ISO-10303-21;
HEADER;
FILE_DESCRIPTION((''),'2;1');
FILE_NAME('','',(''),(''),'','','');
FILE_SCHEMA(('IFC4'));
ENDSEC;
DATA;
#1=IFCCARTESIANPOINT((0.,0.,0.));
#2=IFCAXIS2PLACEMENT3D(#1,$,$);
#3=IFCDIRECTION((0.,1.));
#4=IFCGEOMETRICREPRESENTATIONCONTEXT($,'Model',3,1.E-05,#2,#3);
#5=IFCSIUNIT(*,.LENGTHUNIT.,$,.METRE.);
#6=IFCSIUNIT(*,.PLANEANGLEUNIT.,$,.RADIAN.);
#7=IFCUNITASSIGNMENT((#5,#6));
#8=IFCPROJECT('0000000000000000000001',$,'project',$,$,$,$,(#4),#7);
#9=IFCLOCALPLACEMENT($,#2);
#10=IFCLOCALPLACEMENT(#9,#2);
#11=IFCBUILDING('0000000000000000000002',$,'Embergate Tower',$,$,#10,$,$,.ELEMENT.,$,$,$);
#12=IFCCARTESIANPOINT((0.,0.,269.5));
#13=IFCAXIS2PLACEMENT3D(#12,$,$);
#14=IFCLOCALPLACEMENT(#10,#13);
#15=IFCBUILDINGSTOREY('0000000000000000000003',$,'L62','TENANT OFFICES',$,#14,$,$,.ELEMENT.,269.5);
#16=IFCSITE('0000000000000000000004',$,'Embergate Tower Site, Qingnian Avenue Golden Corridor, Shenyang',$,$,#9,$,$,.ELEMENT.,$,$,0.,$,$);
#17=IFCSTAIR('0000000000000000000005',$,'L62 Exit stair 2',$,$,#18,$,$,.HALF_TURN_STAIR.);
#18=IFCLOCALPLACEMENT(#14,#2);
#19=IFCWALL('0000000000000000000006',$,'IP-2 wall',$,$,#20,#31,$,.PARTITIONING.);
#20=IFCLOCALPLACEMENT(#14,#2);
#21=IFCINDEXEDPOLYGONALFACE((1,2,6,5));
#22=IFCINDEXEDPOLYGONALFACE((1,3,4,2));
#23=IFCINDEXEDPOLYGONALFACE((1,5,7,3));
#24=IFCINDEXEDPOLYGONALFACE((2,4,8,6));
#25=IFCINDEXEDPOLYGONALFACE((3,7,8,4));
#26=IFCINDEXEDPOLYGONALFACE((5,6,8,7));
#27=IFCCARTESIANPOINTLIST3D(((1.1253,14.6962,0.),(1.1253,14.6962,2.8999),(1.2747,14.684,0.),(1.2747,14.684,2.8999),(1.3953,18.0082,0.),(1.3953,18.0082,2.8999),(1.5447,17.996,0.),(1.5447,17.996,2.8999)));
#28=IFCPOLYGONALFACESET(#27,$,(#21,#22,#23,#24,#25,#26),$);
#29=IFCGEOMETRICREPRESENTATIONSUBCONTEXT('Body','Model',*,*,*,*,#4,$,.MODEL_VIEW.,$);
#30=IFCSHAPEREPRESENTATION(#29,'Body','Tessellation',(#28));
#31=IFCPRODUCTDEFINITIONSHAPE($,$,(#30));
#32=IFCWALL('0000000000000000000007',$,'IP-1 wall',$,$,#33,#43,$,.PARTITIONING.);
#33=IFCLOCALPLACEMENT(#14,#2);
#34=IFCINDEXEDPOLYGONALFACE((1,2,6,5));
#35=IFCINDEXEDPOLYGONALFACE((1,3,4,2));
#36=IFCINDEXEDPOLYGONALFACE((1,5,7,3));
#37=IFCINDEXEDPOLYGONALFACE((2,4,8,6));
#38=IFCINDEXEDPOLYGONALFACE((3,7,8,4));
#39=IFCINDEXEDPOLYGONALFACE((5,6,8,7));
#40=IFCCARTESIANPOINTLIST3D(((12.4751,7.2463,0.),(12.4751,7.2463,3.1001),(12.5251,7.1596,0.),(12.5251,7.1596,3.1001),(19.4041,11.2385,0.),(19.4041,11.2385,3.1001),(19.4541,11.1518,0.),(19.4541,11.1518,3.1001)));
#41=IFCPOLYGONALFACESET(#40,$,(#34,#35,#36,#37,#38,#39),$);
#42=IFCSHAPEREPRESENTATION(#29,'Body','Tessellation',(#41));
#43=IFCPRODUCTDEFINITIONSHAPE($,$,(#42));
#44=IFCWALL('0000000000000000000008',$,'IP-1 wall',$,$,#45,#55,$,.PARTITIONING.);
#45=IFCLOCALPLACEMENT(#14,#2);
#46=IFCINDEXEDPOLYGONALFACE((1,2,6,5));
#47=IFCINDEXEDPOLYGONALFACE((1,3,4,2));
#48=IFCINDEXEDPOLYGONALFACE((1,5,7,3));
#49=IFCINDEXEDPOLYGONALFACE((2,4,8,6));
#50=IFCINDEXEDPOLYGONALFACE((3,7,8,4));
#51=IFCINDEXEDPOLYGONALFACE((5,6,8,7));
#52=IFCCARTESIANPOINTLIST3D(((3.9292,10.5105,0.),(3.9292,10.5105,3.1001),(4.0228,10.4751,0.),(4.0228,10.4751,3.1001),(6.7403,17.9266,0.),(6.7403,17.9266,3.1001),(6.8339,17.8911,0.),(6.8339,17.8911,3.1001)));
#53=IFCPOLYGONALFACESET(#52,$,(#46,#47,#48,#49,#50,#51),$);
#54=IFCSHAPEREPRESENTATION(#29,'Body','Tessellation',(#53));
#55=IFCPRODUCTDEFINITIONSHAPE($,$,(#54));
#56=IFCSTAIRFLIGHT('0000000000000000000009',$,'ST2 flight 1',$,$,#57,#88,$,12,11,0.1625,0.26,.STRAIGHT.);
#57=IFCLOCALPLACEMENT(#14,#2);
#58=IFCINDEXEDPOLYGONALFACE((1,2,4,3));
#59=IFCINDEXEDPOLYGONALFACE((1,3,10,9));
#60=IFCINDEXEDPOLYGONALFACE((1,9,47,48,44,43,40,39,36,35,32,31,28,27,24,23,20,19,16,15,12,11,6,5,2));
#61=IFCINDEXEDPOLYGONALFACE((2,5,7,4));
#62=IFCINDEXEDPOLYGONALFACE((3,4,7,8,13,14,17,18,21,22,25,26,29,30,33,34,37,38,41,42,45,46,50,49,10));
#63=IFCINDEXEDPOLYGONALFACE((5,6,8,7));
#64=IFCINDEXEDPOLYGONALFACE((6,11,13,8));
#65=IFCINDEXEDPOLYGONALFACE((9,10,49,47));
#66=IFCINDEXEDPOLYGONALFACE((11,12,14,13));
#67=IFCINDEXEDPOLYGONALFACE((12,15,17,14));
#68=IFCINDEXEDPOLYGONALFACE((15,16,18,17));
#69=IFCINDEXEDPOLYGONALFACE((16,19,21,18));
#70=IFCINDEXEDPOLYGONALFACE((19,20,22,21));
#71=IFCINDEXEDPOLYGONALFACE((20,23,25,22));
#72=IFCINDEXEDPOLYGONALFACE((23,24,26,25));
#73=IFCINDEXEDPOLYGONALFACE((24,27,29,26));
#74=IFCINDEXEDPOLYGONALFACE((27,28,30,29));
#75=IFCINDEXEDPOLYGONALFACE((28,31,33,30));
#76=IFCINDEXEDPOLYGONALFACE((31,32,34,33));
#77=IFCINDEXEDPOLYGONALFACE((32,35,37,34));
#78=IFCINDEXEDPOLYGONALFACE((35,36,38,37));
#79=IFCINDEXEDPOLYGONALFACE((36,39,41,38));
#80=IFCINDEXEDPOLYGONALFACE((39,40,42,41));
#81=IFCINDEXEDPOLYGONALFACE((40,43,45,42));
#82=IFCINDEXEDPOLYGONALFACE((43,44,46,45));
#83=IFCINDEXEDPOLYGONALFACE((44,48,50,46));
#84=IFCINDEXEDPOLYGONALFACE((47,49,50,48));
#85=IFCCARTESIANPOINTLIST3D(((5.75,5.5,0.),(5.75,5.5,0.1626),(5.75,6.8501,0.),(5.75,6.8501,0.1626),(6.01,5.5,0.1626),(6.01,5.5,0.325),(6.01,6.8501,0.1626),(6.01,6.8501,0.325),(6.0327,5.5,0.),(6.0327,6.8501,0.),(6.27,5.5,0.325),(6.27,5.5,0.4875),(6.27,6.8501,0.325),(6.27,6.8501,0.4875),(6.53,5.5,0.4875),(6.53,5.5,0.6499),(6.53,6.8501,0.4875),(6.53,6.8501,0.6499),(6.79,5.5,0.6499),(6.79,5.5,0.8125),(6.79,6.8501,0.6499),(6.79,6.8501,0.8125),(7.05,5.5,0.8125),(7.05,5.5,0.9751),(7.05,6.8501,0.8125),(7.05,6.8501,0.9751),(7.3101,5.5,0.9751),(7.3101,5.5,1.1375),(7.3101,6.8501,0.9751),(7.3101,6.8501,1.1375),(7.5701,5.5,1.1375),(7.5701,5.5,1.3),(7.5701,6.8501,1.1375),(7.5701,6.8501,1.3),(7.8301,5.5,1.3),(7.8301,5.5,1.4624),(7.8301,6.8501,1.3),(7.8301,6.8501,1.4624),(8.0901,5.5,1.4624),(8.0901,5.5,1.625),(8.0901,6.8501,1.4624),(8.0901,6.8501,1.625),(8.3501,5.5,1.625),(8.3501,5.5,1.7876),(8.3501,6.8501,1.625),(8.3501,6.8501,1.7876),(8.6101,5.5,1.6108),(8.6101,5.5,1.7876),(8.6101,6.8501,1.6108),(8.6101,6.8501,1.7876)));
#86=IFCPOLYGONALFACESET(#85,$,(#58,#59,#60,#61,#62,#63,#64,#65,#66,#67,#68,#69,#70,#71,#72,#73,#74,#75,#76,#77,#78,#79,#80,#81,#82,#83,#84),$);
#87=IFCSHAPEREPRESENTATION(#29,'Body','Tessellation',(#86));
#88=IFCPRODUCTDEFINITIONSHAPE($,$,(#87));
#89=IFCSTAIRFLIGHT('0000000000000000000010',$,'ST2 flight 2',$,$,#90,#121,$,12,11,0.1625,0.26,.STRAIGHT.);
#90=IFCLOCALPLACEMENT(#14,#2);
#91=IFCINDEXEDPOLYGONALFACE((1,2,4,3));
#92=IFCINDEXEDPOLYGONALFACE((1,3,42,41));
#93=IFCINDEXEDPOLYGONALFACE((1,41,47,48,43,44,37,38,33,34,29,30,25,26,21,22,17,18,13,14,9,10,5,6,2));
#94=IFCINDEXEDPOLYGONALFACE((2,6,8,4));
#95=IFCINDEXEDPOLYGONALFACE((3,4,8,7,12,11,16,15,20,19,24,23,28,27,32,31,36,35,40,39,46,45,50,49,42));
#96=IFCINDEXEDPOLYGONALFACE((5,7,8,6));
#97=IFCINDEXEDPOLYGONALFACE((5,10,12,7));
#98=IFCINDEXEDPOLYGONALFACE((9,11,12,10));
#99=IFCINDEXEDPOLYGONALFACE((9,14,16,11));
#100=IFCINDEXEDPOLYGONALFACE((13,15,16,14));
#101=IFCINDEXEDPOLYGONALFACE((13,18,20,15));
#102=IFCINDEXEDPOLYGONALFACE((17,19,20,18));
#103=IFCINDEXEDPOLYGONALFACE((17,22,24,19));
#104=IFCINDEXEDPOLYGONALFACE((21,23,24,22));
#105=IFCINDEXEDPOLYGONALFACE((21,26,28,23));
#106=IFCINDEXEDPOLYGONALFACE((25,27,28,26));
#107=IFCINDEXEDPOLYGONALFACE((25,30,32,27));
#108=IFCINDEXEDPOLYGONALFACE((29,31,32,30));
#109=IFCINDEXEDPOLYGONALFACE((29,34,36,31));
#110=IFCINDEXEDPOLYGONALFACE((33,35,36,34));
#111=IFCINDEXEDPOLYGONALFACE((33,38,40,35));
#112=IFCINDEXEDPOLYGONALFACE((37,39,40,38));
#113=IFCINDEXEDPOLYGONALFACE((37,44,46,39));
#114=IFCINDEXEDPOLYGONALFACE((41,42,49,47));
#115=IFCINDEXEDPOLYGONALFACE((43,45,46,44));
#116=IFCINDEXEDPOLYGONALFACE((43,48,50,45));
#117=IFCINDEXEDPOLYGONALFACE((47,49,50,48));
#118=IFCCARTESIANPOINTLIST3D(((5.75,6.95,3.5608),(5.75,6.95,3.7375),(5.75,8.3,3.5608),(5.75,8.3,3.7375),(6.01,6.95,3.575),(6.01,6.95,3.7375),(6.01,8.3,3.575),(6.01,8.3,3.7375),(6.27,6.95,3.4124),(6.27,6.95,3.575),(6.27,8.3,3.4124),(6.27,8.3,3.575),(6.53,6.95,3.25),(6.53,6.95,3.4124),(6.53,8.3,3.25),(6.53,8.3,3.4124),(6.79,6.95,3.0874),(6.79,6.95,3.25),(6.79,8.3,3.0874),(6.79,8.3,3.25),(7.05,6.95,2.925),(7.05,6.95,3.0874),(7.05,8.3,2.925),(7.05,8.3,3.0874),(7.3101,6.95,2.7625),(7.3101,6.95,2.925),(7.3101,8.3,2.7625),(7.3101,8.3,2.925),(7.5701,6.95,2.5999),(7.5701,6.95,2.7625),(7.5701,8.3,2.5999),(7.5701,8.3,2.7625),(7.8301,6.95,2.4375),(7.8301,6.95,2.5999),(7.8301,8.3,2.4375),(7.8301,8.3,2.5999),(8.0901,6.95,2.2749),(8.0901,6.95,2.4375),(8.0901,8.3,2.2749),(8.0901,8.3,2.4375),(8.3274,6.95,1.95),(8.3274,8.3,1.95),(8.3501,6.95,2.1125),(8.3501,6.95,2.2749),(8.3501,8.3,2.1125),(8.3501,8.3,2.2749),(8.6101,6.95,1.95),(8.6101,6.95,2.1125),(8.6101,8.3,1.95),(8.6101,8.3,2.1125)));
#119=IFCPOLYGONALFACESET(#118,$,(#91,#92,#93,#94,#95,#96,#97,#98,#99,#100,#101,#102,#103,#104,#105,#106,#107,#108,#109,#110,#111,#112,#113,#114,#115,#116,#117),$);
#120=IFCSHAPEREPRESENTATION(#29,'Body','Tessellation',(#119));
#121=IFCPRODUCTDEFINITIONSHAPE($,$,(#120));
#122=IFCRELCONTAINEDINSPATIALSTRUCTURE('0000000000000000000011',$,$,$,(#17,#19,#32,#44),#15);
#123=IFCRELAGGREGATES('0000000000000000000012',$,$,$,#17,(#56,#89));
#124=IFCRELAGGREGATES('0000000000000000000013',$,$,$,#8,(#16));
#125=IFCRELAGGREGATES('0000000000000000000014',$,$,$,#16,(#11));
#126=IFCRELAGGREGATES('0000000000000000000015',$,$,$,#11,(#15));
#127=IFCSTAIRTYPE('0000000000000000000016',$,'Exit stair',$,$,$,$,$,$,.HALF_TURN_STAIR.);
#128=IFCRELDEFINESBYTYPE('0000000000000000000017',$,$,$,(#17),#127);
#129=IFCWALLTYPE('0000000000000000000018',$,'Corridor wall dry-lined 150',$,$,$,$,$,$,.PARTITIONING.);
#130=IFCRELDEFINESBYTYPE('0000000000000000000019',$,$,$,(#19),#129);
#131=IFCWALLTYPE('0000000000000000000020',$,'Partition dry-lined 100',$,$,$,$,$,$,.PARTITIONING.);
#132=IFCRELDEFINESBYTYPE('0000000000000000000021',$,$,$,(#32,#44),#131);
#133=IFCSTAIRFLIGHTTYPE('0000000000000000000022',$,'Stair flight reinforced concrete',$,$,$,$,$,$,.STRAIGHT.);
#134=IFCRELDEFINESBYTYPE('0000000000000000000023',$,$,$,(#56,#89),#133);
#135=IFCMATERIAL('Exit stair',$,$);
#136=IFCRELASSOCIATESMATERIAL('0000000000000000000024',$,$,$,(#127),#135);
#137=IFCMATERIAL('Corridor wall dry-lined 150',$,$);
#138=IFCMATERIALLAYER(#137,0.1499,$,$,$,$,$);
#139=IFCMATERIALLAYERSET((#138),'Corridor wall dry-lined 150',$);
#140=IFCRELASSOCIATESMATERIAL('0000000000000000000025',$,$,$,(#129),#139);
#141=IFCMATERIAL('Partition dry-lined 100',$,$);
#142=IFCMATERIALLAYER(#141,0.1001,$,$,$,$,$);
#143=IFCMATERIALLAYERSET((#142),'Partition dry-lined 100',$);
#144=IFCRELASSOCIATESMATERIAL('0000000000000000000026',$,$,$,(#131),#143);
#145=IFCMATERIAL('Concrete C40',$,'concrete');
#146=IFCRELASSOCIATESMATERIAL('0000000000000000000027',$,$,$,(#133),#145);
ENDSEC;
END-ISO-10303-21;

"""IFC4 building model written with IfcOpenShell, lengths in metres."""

from ifc_helpers import new_model, si_unit, direction, frame, frame_2d, origin, place, context, subcontext, project, spatial, polyline, rectangle, outline, extrude, source, transform, mapped, material, layer, layer_set, type_object, element, aggregate, save


model = new_model("IFC4")

# Units and contexts
model_context = context("Model", 3, precision=1e-05, world=origin(), true_north=direction((0.0, 1.0)))
body_context = subcontext(model_context, "Body", "Model", "MODEL_VIEW")
ifc_project = project(units=[si_unit("LENGTHUNIT", "METRE"), si_unit("PLANEANGLEUNIT", "RADIAN")], contexts=[model_context])

# Site, building, storey
site_placement = place(None, origin())
site = spatial("IfcSite", under=ifc_project, at=site_placement, Name="Embergate Tower Site, Qingnian Avenue Golden Corridor, Shenyang", CompositionType="ELEMENT", RefElevation=0.0)
building_placement = place(site_placement, origin())
building = spatial("IfcBuilding", under=site, at=building_placement, Name="Embergate Tower", CompositionType="ELEMENT")
storey_placement = place(building_placement, frame((0.0, 0.0, 269.5)))
storey = spatial("IfcBuildingStorey", under=building, at=storey_placement, Name="L62", Description="TENANT OFFICES", CompositionType="ELEMENT", Elevation=269.5)

# Stair
ifc_material_1 = material(Name="Exit stair")
stair_type = type_object("IfcStairType", Name="Exit stair", PredefinedType="HALF_TURN_STAIR", material=ifc_material_1)
stair_placement = place(storey_placement, origin())
stair = element("IfcStair", 1, at=stair_placement, inside=storey, type_object=stair_type, Name="L62 Exit stair 2", PredefinedType="HALF_TURN_STAIR")
ifc_material_2 = material(Name="Concrete C40", Category="concrete")

# Shared definitions
ifc_material_3 = material(Name="Corridor wall dry-lined 150")
ifc_layer_1 = layer(ifc_material_3, 0.1499)
ifc_layer_set_1 = layer_set([ifc_layer_1], Name="Corridor wall dry-lined 150")
wall_type_1 = type_object("IfcWallType", Name="Corridor wall dry-lined 150", PredefinedType="PARTITIONING", material=ifc_layer_set_1)

# Walls
shared_shape_1 = source(origin(), body_context, "Body", "SweptSolid", [
    extrude(rectangle(XDim=3.323, YDim=0.1499, at=frame_2d((1.6616, 0.0))), origin(), (0.0, 0.0, 1.0), 2.8999),
])
wall_1_placement = place(storey_placement, frame((1.2, 14.6899, 0.0), z_axis=(0.0, 0.0, 1.0), x_axis=(0.081258, 0.996693, 0.0)))
element("IfcWall", 2, at=wall_1_placement, inside=storey, type_object=wall_type_1, Name="IP-2 wall", PredefinedType="PARTITIONING", context=body_context, shape_type="MappedRepresentation", body=[
    mapped(shared_shape_1, transform((0.0, 0.0, 0.0))),
])
ifc_material_4 = material(Name="Partition dry-lined 100")
ifc_layer_2 = layer(ifc_material_4, 0.1001)
ifc_layer_set_2 = layer_set([ifc_layer_2], Name="Partition dry-lined 100")
wall_type_2 = type_object("IfcWallType", Name="Partition dry-lined 100", PredefinedType="PARTITIONING", material=ifc_layer_set_2)
shared_shape_2 = source(origin(), body_context, "Body", "SweptSolid", [
    extrude(rectangle(XDim=7.9968, YDim=0.1001, at=frame_2d((3.9985, 0.0))), origin(), (0.0, 0.0, 1.0), 3.1001),
])
wall_2_placement = place(storey_placement, frame((12.5, 7.2029, 0.0), z_axis=(0.0, 0.0, 1.0), x_axis=(0.866472, 0.499226, 0.0)))
element("IfcWall", 3, at=wall_2_placement, inside=storey, type_object=wall_type_2, Name="IP-1 wall", PredefinedType="PARTITIONING", context=body_context, shape_type="MappedRepresentation", body=[
    mapped(shared_shape_2, transform((0.0, 0.0, 0.0))),
])
shared_shape_3 = source(origin(), body_context, "Body", "SweptSolid", [
    extrude(rectangle(XDim=7.9309, YDim=0.1001, at=frame_2d((3.9653, 0.0))), origin(), (0.0, 0.0, 1.0), 3.1001),
])
wall_3_placement = place(storey_placement, frame((3.9761, 10.4929, 0.0), z_axis=(0.0, 0.0, 1.0), x_axis=(0.354441, 0.935078, 0.0)))
element("IfcWall", 4, at=wall_3_placement, inside=storey, type_object=wall_type_2, Name="IP-1 wall", PredefinedType="PARTITIONING", context=body_context, shape_type="MappedRepresentation", body=[
    mapped(shared_shape_3, transform((0.0, 0.0, 0.0))),
])

# Stair flights
stair_flight_type = type_object("IfcStairFlightType", Name="Stair flight reinforced concrete", PredefinedType="STRAIGHT", material=ifc_material_2)
shared_shape_4 = source(origin(), body_context, "Body", "SweptSolid", [
    extrude(outline(polyline([(0.0, 0.0), (0.0, 0.1626), (0.26, 0.1626), (0.26, 0.325), (0.52, 0.325), (0.52, 0.4875), (0.78, 0.4875), (0.78, 0.6499), (1.04, 0.6499), (1.04, 0.8125), (1.3, 0.8125), (1.3, 0.9751), (1.5601, 0.9751), (1.5601, 1.1375), (1.8201, 1.1375), (1.8201, 1.3), (2.0801, 1.3), (2.0801, 1.4624), (2.3401, 1.4624), (2.3401, 1.625), (2.6001, 1.625), (2.6001, 1.7876), (2.8601, 1.7876), (2.8601, 1.95), (2.8601, 1.6108), (0.2827, 0.0), (0.0, 0.0)])), frame((0.0, 0.675, 0.0), z_axis=(0.0, -1.0, 0.0), x_axis=(1.0, 0.0, 0.0)), (0.0, 0.0, 1.0), 1.3501),
])
stair_flight_1_placement = place(storey_placement, frame((5.75, 6.175, 0.0), z_axis=(0.0, 0.0, 1.0), x_axis=(1.0, 0.0, 0.0)))
stair_flight_1 = element("IfcStairFlight", 5, at=stair_flight_1_placement, type_object=stair_flight_type, Name="ST2 flight 1", NumberOfRisers=12, NumberOfTreads=11, PredefinedType="STRAIGHT", RiserHeight=0.1625, TreadLength=0.26, context=body_context, shape_type="MappedRepresentation", body=[
    mapped(shared_shape_4, transform((0.0, 0.0, 0.0))),
])
stair_flight_2_placement = place(storey_placement, frame((8.6101, 7.625, 1.95), z_axis=(0.0, 0.0, 1.0), x_axis=(-1.0, 0.0, 0.0)))
stair_flight_2 = element("IfcStairFlight", 6, at=stair_flight_2_placement, type_object=stair_flight_type, Name="ST2 flight 2", NumberOfRisers=12, NumberOfTreads=11, PredefinedType="STRAIGHT", RiserHeight=0.1625, TreadLength=0.26, context=body_context, shape_type="MappedRepresentation", body=[
    mapped(shared_shape_4, transform((0.0, 0.0, 0.0))),
])
aggregate(stair, [stair_flight_1, stair_flight_2])

save(model, "model.ifc")
